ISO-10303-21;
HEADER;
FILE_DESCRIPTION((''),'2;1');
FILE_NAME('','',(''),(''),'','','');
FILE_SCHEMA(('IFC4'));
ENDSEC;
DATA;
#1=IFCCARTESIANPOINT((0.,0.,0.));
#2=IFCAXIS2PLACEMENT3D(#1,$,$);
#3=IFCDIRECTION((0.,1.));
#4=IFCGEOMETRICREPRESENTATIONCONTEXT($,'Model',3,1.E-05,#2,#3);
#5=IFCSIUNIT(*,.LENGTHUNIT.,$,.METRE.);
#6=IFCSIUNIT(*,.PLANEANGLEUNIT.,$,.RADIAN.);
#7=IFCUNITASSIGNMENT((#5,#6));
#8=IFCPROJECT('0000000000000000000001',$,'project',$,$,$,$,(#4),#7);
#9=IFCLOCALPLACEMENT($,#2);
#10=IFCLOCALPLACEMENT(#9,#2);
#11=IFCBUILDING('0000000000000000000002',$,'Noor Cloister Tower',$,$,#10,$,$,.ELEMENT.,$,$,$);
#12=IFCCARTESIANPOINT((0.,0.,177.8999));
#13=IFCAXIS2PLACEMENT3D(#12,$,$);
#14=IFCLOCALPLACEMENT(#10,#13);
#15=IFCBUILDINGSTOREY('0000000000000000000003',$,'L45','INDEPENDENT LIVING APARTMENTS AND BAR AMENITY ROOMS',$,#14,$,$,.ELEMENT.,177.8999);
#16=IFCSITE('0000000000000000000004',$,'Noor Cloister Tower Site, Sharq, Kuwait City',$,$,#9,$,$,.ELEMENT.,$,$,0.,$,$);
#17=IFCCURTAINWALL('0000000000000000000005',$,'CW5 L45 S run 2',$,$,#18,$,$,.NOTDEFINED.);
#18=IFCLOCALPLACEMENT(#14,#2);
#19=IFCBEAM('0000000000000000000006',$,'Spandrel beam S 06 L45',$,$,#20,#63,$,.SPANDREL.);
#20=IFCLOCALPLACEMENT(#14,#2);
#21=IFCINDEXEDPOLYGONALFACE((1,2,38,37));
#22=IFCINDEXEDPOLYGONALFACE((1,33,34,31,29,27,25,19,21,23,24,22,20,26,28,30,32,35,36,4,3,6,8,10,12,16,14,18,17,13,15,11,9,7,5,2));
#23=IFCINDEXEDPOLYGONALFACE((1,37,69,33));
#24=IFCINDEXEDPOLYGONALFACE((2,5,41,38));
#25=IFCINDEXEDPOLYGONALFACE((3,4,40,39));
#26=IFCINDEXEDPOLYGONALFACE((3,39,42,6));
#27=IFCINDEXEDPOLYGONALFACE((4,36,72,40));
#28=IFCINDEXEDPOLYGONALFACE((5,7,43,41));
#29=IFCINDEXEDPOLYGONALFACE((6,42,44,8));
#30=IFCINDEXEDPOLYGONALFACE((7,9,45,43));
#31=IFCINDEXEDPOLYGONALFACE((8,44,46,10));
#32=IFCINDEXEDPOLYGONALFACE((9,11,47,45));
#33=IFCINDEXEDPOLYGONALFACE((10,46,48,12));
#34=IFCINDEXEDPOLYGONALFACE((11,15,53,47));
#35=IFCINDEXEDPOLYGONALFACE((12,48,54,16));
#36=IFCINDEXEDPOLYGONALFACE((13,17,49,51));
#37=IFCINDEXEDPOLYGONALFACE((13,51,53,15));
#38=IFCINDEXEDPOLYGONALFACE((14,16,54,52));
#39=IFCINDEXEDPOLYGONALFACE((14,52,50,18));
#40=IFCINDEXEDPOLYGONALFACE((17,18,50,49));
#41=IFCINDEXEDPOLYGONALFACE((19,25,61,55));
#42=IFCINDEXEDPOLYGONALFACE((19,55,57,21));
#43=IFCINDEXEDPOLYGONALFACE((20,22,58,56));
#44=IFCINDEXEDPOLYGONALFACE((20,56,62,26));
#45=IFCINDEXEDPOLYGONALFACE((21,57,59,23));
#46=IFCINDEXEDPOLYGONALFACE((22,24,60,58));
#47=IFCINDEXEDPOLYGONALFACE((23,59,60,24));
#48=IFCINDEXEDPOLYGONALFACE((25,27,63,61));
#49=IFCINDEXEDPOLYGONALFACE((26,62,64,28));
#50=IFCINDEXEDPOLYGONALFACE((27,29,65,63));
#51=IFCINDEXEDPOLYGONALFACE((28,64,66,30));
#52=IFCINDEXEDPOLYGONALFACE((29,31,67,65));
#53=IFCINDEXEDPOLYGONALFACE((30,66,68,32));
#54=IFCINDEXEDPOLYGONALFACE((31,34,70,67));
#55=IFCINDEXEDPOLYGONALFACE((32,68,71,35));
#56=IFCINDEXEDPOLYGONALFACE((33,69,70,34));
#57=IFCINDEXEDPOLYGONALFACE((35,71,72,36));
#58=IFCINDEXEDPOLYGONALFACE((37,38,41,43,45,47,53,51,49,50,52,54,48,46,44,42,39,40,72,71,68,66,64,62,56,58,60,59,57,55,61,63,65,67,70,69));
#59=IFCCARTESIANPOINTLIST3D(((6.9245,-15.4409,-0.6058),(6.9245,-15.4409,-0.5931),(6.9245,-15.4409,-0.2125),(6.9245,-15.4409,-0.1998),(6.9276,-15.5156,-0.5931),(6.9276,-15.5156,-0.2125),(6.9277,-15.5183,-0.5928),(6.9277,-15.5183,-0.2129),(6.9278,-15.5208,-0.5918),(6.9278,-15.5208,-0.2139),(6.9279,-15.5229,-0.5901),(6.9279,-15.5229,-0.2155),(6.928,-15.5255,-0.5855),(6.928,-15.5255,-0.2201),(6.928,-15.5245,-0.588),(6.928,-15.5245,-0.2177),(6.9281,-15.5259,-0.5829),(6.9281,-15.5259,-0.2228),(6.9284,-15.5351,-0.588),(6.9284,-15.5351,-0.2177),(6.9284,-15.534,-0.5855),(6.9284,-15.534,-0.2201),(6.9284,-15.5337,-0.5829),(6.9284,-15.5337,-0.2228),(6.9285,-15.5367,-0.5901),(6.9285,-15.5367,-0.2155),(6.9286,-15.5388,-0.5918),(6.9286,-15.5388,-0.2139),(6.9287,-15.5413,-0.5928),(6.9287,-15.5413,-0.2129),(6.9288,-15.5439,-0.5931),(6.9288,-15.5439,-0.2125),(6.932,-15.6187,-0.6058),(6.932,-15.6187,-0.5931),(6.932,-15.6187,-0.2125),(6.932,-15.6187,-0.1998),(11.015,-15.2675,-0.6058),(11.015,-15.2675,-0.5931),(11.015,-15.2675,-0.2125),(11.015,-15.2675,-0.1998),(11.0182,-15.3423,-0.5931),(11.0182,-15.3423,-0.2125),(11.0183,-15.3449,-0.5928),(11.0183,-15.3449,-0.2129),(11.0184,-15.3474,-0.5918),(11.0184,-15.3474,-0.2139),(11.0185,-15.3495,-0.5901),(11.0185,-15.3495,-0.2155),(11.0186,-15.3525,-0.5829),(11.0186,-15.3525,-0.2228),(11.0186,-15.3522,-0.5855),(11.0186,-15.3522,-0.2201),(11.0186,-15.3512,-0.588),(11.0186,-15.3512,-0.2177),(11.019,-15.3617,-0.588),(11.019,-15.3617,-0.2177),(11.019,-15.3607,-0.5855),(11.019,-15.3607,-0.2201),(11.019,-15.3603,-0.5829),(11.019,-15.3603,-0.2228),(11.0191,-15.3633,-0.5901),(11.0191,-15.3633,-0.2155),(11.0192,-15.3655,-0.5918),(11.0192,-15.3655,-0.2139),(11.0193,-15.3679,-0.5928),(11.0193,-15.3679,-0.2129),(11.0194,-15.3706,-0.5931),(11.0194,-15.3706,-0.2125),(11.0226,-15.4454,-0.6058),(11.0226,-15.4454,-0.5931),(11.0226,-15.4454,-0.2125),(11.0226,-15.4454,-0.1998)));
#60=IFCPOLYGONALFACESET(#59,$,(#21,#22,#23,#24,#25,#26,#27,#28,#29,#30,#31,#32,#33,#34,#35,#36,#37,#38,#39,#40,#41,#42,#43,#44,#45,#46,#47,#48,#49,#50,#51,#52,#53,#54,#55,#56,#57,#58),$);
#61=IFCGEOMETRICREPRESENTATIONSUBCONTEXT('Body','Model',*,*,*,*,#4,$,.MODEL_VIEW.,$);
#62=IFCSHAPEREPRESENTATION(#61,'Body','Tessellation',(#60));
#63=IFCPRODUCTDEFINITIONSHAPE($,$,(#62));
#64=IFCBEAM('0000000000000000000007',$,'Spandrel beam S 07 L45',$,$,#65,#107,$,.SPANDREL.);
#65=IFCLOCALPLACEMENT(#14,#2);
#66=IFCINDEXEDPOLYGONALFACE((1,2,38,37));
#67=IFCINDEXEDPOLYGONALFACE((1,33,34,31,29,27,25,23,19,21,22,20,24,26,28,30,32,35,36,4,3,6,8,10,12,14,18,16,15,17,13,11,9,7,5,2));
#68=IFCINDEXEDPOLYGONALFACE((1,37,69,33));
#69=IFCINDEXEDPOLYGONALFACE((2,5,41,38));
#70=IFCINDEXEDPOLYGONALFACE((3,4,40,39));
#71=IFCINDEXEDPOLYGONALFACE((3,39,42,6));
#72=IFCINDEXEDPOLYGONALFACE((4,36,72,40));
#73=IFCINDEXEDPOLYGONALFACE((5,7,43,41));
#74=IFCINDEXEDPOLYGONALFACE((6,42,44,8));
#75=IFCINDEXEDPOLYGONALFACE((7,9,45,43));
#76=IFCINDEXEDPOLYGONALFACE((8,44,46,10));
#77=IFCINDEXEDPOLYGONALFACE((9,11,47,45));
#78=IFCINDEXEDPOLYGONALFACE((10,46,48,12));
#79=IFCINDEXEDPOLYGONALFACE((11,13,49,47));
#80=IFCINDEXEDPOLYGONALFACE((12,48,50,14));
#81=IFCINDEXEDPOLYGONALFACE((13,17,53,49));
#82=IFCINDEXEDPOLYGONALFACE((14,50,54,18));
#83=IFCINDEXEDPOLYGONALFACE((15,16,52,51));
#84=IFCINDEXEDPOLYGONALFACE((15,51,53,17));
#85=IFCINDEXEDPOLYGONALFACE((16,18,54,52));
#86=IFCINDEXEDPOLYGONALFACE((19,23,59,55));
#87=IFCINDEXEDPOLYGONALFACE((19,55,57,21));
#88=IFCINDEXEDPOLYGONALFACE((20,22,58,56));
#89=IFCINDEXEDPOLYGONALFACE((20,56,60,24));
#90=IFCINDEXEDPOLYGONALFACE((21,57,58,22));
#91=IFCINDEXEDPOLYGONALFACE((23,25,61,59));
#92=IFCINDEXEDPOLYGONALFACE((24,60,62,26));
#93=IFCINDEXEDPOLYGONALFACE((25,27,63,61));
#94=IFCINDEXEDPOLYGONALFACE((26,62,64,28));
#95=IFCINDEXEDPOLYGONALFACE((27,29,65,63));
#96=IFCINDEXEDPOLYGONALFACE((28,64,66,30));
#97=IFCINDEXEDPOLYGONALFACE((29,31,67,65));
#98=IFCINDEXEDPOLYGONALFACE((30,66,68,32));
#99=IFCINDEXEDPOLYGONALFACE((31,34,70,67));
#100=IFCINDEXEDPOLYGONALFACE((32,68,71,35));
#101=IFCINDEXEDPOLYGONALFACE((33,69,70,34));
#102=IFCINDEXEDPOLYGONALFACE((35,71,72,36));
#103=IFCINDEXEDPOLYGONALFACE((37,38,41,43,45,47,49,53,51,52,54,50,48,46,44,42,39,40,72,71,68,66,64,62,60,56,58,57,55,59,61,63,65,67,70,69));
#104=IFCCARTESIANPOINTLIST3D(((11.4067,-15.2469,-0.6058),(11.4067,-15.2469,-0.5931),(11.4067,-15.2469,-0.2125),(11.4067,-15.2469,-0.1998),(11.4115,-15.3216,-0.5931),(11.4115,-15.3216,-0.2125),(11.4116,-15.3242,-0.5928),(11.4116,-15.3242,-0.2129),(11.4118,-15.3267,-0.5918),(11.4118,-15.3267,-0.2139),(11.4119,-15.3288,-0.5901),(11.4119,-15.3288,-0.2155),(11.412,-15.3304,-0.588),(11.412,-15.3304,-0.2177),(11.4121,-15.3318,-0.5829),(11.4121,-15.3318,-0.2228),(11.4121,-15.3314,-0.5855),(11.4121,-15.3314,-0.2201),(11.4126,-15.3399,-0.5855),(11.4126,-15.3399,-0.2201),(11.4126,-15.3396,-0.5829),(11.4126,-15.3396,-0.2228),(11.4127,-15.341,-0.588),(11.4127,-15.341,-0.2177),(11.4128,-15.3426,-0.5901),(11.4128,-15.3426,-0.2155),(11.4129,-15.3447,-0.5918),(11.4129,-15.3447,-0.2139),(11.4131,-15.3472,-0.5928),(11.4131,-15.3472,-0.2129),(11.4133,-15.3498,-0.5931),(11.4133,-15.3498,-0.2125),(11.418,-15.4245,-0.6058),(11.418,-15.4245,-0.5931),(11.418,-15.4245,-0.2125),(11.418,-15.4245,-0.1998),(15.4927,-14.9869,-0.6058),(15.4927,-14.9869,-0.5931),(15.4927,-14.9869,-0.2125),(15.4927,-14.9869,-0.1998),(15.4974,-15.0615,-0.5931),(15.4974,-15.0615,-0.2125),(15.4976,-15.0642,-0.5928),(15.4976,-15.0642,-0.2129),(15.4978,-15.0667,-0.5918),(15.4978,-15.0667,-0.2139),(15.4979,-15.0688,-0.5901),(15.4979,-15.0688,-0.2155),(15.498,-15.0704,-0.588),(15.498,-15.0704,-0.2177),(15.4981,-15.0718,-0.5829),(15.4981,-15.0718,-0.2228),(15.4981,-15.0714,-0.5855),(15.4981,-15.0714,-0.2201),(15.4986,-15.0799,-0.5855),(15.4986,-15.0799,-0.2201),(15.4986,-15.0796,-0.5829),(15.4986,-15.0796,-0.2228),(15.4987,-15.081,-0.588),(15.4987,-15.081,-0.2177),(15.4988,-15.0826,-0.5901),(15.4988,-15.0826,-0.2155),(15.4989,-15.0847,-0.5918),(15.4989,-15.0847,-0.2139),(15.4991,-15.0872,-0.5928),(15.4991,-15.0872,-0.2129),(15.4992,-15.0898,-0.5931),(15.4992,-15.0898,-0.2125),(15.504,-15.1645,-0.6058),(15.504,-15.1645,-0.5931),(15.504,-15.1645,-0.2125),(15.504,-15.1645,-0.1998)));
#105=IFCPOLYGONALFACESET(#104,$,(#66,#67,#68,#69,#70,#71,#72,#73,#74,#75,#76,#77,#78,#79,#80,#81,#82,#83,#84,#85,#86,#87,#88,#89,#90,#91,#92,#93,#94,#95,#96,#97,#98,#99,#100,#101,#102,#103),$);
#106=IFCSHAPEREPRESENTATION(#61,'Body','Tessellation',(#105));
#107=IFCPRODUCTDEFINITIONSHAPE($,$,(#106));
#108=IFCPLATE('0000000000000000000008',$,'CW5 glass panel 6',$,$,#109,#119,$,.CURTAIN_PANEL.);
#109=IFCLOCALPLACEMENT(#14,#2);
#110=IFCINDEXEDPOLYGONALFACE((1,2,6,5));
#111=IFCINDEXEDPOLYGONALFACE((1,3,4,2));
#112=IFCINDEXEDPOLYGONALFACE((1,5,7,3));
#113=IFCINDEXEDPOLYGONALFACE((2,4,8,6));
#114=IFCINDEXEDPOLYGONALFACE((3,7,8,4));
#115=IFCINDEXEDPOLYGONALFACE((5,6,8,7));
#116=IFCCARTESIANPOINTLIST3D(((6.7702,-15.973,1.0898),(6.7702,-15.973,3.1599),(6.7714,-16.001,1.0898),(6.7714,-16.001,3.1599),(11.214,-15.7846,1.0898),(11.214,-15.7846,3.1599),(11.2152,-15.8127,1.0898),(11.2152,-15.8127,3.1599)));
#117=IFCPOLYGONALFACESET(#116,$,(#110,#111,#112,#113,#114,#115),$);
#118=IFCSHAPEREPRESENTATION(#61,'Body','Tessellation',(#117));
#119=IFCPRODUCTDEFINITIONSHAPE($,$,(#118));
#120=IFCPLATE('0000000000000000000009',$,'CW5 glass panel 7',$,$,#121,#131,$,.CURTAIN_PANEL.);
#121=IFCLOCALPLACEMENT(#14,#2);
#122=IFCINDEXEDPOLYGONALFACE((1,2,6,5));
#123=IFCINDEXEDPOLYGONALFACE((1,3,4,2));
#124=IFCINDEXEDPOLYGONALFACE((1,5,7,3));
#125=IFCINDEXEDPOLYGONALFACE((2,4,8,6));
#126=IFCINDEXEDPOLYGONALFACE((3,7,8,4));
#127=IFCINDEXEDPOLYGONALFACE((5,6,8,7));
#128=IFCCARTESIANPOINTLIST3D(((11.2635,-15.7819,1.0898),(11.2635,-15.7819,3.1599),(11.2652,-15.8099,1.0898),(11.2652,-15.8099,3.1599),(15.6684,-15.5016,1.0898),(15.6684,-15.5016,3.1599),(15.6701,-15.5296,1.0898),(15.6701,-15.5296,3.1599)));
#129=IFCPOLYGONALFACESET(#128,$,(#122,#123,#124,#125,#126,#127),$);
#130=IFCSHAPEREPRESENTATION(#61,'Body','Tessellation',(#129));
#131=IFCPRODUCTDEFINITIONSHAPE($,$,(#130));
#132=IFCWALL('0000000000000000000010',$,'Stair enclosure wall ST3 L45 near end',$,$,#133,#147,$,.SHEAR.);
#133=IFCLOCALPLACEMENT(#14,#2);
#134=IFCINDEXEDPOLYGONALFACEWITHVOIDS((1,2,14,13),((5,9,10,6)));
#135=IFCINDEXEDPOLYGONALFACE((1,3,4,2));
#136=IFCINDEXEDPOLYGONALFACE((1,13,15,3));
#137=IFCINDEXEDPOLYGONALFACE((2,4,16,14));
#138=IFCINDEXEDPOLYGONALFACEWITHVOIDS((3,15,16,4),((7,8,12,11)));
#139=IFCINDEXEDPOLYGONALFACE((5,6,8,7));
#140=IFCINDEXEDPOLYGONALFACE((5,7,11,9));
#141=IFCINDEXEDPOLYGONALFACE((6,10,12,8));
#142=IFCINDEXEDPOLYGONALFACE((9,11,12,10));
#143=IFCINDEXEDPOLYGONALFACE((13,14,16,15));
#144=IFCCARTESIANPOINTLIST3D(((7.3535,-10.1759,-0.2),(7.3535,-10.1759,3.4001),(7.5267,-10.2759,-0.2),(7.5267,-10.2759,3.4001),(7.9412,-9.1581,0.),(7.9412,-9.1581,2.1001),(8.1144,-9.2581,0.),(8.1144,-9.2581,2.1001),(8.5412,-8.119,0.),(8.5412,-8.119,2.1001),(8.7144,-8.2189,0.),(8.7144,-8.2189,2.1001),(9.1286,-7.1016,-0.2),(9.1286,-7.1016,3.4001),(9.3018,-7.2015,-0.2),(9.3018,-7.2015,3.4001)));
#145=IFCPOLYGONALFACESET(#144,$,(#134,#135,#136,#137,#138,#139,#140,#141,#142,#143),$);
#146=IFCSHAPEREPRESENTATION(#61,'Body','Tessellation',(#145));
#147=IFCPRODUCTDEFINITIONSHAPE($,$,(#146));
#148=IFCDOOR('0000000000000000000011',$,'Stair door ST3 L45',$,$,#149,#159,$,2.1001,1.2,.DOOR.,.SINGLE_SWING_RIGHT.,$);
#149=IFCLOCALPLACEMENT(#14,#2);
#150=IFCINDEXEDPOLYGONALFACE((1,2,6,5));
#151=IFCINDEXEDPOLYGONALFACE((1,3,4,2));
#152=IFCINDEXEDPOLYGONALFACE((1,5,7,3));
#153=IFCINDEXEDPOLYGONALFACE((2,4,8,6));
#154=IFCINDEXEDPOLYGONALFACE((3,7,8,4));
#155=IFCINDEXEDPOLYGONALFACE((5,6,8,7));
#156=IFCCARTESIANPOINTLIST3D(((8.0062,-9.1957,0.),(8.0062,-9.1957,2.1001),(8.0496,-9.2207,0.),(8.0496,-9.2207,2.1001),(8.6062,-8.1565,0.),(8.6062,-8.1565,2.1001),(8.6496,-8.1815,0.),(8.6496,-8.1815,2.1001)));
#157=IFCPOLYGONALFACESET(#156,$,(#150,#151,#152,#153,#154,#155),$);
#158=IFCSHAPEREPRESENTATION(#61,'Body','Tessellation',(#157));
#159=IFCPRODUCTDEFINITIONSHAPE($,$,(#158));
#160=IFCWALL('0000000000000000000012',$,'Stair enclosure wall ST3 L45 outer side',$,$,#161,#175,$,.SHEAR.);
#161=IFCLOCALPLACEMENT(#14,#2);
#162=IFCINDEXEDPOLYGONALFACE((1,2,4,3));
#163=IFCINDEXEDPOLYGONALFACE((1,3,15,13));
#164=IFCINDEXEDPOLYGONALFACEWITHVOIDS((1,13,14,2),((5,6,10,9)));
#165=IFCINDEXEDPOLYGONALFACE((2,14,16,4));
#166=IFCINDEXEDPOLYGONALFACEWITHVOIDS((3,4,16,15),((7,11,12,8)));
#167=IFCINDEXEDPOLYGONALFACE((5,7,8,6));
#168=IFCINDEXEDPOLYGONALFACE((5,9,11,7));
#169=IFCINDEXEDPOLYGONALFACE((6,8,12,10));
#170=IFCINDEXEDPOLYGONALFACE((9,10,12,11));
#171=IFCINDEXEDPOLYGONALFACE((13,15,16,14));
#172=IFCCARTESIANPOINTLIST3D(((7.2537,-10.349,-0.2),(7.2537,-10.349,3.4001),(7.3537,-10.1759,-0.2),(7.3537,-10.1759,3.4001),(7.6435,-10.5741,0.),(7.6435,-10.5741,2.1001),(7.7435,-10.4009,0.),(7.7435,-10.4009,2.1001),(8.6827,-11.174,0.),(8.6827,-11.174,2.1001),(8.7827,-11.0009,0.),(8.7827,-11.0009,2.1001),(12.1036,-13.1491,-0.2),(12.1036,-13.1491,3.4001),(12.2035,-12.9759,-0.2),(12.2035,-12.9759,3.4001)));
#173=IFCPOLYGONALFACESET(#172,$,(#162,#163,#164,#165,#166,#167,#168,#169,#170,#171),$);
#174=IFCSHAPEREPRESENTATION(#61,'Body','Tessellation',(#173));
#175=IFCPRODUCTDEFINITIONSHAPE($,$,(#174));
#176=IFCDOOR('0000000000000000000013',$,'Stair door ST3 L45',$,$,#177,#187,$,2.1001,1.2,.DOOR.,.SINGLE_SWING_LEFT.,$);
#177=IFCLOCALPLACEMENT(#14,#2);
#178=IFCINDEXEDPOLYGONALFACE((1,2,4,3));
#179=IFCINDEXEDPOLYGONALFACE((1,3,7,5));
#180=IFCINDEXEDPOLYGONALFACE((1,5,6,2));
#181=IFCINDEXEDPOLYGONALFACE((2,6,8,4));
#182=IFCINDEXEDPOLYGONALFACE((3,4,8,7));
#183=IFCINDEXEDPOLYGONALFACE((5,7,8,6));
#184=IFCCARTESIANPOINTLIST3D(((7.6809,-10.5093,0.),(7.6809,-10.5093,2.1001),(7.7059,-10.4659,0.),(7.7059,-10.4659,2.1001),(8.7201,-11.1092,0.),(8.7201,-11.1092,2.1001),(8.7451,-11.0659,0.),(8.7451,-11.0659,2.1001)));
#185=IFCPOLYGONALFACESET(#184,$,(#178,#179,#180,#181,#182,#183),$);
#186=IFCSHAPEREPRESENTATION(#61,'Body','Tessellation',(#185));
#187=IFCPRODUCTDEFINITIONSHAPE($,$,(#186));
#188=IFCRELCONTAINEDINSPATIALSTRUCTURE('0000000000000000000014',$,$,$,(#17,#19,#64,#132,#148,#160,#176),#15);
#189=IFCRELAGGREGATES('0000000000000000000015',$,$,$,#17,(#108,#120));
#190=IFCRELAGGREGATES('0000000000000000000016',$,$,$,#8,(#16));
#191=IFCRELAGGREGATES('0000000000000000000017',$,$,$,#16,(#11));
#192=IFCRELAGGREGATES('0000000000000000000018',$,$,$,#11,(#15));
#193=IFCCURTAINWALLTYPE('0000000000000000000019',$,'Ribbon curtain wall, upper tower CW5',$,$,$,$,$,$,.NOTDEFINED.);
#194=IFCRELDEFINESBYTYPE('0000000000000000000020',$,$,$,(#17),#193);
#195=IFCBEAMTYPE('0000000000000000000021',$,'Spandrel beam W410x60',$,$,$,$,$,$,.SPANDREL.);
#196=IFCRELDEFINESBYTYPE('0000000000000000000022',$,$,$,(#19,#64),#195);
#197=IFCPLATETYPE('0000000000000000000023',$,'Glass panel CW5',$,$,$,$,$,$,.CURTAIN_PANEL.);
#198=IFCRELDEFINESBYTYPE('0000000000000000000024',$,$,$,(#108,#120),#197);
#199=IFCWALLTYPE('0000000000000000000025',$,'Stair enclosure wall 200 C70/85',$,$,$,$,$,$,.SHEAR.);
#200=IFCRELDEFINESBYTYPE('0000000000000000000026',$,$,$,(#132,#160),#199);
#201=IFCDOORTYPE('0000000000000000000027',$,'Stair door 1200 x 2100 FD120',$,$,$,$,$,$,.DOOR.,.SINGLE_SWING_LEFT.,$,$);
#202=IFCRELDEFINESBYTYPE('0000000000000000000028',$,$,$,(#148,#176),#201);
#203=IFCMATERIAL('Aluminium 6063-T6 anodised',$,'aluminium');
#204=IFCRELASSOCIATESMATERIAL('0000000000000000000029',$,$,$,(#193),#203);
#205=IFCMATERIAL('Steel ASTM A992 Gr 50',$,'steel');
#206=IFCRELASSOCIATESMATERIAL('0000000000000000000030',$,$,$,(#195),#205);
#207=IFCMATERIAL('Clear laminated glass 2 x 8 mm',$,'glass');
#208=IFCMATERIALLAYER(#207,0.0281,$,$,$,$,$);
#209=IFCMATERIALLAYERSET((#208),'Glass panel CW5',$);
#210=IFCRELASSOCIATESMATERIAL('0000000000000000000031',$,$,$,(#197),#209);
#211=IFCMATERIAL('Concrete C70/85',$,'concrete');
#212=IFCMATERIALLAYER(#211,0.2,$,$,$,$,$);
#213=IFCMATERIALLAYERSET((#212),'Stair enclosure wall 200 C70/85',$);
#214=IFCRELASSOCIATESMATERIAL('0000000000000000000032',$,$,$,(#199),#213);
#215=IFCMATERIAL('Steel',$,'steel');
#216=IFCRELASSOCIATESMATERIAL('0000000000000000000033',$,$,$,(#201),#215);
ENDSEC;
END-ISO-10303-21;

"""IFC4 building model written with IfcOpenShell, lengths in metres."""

from ifc_helpers import new_model, si_unit, direction, frame, frame_2d, origin, origin_2d, place, context, subcontext, project, spatial, rectangle, i_section, extrude, material, layer, layer_set, material_profile, profile_set, type_object, element, fill, aggregate, save


model = new_model("IFC4")

# Units and contexts
model_context = context("Model", 3, precision=1e-05, world=origin(), true_north=direction((0.0, 1.0)))
body_context = subcontext(model_context, "Body", "Model", "MODEL_VIEW")
ifc_project = project(units=[si_unit("LENGTHUNIT", "METRE"), si_unit("PLANEANGLEUNIT", "RADIAN")], contexts=[model_context])

# Site, building, storey
site_placement = place(None, origin())
site = spatial("IfcSite", under=ifc_project, at=site_placement, Name="Noor Cloister Tower Site, Sharq, Kuwait City", CompositionType="ELEMENT", RefElevation=0.0)
building_placement = place(site_placement, origin())
building = spatial("IfcBuilding", under=site, at=building_placement, Name="Noor Cloister Tower", CompositionType="ELEMENT")
storey_placement = place(building_placement, frame((0.0, 0.0, 177.8999)))
storey = spatial("IfcBuildingStorey", under=building, at=storey_placement, Name="L45", Description="INDEPENDENT LIVING APARTMENTS AND BAR AMENITY ROOMS", CompositionType="ELEMENT", Elevation=177.8999)

# Curtain wall
ifc_material_1 = material(Name="Aluminium 6063-T6 anodised", Category="aluminium")
curtain_wall_type = type_object("IfcCurtainWallType", Name="Ribbon curtain wall, upper tower CW5", PredefinedType="NOTDEFINED", material=ifc_material_1)
curtain_wall_placement = place(storey_placement, origin())
curtain_wall = element("IfcCurtainWall", 1, at=curtain_wall_placement, inside=storey, type_object=curtain_wall_type, Name="CW5 L45 S run 2", PredefinedType="NOTDEFINED")

# Beams
ifc_material_2 = material(Name="Steel ASTM A992 Gr 50", Category="steel")
ifc_material_profile_1 = material_profile(ifc_material_2, i_section(OverallWidth=0.178, OverallDepth=0.406, WebThickness=0.0078, FlangeThickness=0.0127, FilletRadius=0.0103, at=origin_2d()), Name="W410x60")
ifc_profile_set_1 = profile_set([ifc_material_profile_1], Name="Steel ASTM A992 Gr 50")
beam_type_1 = type_object("IfcBeamType", Name="Spandrel beam W410x60", PredefinedType="SPANDREL", material=ifc_profile_set_1)
for number, where, z_axis, x_axis, name in (
    (2, (6.9282, -15.5298, -0.4028), (0.999103, 0.042337, 0.0), (-0.042337, 0.999103, 0.0), "Spandrel beam S 06 L45"),
    (3, (11.4124, -15.3357, -0.4028), (0.997981, 0.063507, 0.0), (-0.063507, 0.997981, 0.0), "Spandrel beam S 07 L45"),
):
    element("IfcBeam", number, at=place(storey_placement, frame(where, z_axis=z_axis, x_axis=x_axis)), inside=storey, type_object=beam_type_1, Name=name, PredefinedType="SPANDREL", context=body_context, shape_type="SweptSolid", body=[
        extrude(i_section(OverallWidth=0.178, OverallDepth=0.406, WebThickness=0.0078, FlangeThickness=0.0127, FilletRadius=0.0103, at=origin_2d()), origin(), (0.0, 0.0, 1.0), 4.0942),
    ])

# Plates
ifc_material_3 = material(Name="Clear laminated glass 2 x 8 mm", Category="glass")
ifc_layer_1 = layer(ifc_material_3, 0.0281)
ifc_layer_set_1 = layer_set([ifc_layer_1], Name="Glass panel CW5")
plate_type = type_object("IfcPlateType", Name="Glass panel CW5", PredefinedType="CURTAIN_PANEL", material=ifc_layer_set_1)
plate_1_placement = place(storey_placement, frame((8.9927, -15.8928, 1.0898), z_axis=(0.0, 0.0, 1.0), x_axis=(0.999103, 0.042351, 0.0)))
plate_1 = element("IfcPlate", 4, at=plate_1_placement, type_object=plate_type, Name="CW5 glass panel 6", PredefinedType="CURTAIN_PANEL", context=body_context, shape_type="SweptSolid", body=[
    extrude(rectangle(XDim=4.4478, YDim=0.0281, at=origin_2d()), origin(), (0.0, 0.0, 1.0), 2.0701),
])
plate_2_placement = place(storey_placement, frame((13.4668, -15.6558, 1.0898), z_axis=(0.0, 0.0, 1.0), x_axis=(0.997982, 0.063502, 0.0)))
plate_2 = element("IfcPlate", 5, at=plate_2_placement, type_object=plate_type, Name="CW5 glass panel 7", PredefinedType="CURTAIN_PANEL", context=body_context, shape_type="SweptSolid", body=[
    extrude(rectangle(XDim=4.4138, YDim=0.0281, at=origin_2d()), origin(), (0.0, 0.0, 1.0), 2.0701),
])
aggregate(curtain_wall, [plate_1, plate_2])

# Walls, openings, doors
ifc_material_4 = material(Name="Concrete C70/85", Category="concrete")
ifc_layer_2 = layer(ifc_material_4, 0.2)
ifc_layer_set_2 = layer_set([ifc_layer_2], Name="Stair enclosure wall 200 C70/85")
wall_type = type_object("IfcWallType", Name="Stair enclosure wall 200 C70/85", PredefinedType="SHEAR", material=ifc_layer_set_2)
wall_1_placement = place(storey_placement, frame((7.4402, -10.2258, -0.2), z_axis=(0.0, 0.0, 1.0), x_axis=(0.500022, 0.866013, 0.0)))
wall_1 = element("IfcWall", 6, at=wall_1_placement, inside=storey, type_object=wall_type, Name="Stair enclosure wall ST3 L45 near end", PredefinedType="SHEAR", context=body_context, shape_type="SweptSolid", body=[
    extrude(rectangle(XDim=3.55, YDim=0.2, at=frame_2d((1.7749, 0.0))), origin(), (0.0, 0.0, 1.0), 3.6001),
])
opening_1_placement = place(wall_1_placement, frame((1.175, 0.0, 0.2)))
opening_1 = element("IfcOpeningElement", 7, at=opening_1_placement, cuts=wall_1, PredefinedType="OPENING", context=body_context, shape_type="SweptSolid", body=[
    extrude(rectangle(XDim=1.2, YDim=2.1001, at=frame_2d((0.6001, 1.05))), frame((0.0, 0.1099, 0.0), z_axis=(0.0, -1.0, 0.0), x_axis=(1.0, 0.0, 0.0)), (0.0, 0.0, 1.0), 0.22),
])
ifc_material_5 = material(Name="Steel", Category="steel")
door_type = type_object("IfcDoorType", Name="Stair door 1200 x 2100 FD120", OperationType="SINGLE_SWING_LEFT", PredefinedType="DOOR", material=ifc_material_5)
door_1_placement = place(opening_1_placement, origin())
door_1 = element("IfcDoor", 8, at=door_1_placement, inside=storey, type_object=door_type, Name="Stair door ST3 L45", OperationType="SINGLE_SWING_RIGHT", OverallHeight=2.1001, OverallWidth=1.2, PredefinedType="DOOR", context=body_context, shape_type="SweptSolid", body=[
    extrude(rectangle(XDim=1.2, YDim=2.1001, at=frame_2d((0.6001, 1.05))), frame((0.0, 0.0249, 0.0), z_axis=(0.0, -1.0, 0.0), x_axis=(1.0, 0.0, 0.0)), (0.0, 0.0, 1.0), 0.05),
])
fill(opening_1, door_1)
wall_2_placement = place(storey_placement, frame((7.3037, -10.2625, -0.2), z_axis=(0.0, 0.0, 1.0), x_axis=(0.866027, -0.499998, 0.0)))
wall_2 = element("IfcWall", 9, at=wall_2_placement, inside=storey, type_object=wall_type, Name="Stair enclosure wall ST3 L45 outer side", PredefinedType="SHEAR", context=body_context, shape_type="SweptSolid", body=[
    extrude(rectangle(XDim=5.6001, YDim=0.2, at=frame_2d((2.8, 0.0))), origin(), (0.0, 0.0, 1.0), 3.6001),
])
opening_2_placement = place(wall_2_placement, frame((0.45, 0.0, 0.2)))
opening_2 = element("IfcOpeningElement", 10, at=opening_2_placement, cuts=wall_2, PredefinedType="OPENING", context=body_context, shape_type="SweptSolid", body=[
    extrude(rectangle(XDim=1.2, YDim=2.1001, at=frame_2d((0.6001, 1.05))), frame((0.0, 0.1099, 0.0), z_axis=(0.0, -1.0, 0.0), x_axis=(1.0, 0.0, 0.0)), (0.0, 0.0, 1.0), 0.22),
])
door_2_placement = place(opening_2_placement, origin())
door_2 = element("IfcDoor", 11, at=door_2_placement, inside=storey, type_object=door_type, Name="Stair door ST3 L45", OperationType="SINGLE_SWING_LEFT", OverallHeight=2.1001, OverallWidth=1.2, PredefinedType="DOOR", context=body_context, shape_type="SweptSolid", body=[
    extrude(rectangle(XDim=1.2, YDim=2.1001, at=frame_2d((0.6001, 1.05))), frame((0.0, 0.0249, 0.0), z_axis=(0.0, -1.0, 0.0), x_axis=(1.0, 0.0, 0.0)), (0.0, 0.0, 1.0), 0.05),
])
fill(opening_2, door_2)

save(model, "model.ifc")
